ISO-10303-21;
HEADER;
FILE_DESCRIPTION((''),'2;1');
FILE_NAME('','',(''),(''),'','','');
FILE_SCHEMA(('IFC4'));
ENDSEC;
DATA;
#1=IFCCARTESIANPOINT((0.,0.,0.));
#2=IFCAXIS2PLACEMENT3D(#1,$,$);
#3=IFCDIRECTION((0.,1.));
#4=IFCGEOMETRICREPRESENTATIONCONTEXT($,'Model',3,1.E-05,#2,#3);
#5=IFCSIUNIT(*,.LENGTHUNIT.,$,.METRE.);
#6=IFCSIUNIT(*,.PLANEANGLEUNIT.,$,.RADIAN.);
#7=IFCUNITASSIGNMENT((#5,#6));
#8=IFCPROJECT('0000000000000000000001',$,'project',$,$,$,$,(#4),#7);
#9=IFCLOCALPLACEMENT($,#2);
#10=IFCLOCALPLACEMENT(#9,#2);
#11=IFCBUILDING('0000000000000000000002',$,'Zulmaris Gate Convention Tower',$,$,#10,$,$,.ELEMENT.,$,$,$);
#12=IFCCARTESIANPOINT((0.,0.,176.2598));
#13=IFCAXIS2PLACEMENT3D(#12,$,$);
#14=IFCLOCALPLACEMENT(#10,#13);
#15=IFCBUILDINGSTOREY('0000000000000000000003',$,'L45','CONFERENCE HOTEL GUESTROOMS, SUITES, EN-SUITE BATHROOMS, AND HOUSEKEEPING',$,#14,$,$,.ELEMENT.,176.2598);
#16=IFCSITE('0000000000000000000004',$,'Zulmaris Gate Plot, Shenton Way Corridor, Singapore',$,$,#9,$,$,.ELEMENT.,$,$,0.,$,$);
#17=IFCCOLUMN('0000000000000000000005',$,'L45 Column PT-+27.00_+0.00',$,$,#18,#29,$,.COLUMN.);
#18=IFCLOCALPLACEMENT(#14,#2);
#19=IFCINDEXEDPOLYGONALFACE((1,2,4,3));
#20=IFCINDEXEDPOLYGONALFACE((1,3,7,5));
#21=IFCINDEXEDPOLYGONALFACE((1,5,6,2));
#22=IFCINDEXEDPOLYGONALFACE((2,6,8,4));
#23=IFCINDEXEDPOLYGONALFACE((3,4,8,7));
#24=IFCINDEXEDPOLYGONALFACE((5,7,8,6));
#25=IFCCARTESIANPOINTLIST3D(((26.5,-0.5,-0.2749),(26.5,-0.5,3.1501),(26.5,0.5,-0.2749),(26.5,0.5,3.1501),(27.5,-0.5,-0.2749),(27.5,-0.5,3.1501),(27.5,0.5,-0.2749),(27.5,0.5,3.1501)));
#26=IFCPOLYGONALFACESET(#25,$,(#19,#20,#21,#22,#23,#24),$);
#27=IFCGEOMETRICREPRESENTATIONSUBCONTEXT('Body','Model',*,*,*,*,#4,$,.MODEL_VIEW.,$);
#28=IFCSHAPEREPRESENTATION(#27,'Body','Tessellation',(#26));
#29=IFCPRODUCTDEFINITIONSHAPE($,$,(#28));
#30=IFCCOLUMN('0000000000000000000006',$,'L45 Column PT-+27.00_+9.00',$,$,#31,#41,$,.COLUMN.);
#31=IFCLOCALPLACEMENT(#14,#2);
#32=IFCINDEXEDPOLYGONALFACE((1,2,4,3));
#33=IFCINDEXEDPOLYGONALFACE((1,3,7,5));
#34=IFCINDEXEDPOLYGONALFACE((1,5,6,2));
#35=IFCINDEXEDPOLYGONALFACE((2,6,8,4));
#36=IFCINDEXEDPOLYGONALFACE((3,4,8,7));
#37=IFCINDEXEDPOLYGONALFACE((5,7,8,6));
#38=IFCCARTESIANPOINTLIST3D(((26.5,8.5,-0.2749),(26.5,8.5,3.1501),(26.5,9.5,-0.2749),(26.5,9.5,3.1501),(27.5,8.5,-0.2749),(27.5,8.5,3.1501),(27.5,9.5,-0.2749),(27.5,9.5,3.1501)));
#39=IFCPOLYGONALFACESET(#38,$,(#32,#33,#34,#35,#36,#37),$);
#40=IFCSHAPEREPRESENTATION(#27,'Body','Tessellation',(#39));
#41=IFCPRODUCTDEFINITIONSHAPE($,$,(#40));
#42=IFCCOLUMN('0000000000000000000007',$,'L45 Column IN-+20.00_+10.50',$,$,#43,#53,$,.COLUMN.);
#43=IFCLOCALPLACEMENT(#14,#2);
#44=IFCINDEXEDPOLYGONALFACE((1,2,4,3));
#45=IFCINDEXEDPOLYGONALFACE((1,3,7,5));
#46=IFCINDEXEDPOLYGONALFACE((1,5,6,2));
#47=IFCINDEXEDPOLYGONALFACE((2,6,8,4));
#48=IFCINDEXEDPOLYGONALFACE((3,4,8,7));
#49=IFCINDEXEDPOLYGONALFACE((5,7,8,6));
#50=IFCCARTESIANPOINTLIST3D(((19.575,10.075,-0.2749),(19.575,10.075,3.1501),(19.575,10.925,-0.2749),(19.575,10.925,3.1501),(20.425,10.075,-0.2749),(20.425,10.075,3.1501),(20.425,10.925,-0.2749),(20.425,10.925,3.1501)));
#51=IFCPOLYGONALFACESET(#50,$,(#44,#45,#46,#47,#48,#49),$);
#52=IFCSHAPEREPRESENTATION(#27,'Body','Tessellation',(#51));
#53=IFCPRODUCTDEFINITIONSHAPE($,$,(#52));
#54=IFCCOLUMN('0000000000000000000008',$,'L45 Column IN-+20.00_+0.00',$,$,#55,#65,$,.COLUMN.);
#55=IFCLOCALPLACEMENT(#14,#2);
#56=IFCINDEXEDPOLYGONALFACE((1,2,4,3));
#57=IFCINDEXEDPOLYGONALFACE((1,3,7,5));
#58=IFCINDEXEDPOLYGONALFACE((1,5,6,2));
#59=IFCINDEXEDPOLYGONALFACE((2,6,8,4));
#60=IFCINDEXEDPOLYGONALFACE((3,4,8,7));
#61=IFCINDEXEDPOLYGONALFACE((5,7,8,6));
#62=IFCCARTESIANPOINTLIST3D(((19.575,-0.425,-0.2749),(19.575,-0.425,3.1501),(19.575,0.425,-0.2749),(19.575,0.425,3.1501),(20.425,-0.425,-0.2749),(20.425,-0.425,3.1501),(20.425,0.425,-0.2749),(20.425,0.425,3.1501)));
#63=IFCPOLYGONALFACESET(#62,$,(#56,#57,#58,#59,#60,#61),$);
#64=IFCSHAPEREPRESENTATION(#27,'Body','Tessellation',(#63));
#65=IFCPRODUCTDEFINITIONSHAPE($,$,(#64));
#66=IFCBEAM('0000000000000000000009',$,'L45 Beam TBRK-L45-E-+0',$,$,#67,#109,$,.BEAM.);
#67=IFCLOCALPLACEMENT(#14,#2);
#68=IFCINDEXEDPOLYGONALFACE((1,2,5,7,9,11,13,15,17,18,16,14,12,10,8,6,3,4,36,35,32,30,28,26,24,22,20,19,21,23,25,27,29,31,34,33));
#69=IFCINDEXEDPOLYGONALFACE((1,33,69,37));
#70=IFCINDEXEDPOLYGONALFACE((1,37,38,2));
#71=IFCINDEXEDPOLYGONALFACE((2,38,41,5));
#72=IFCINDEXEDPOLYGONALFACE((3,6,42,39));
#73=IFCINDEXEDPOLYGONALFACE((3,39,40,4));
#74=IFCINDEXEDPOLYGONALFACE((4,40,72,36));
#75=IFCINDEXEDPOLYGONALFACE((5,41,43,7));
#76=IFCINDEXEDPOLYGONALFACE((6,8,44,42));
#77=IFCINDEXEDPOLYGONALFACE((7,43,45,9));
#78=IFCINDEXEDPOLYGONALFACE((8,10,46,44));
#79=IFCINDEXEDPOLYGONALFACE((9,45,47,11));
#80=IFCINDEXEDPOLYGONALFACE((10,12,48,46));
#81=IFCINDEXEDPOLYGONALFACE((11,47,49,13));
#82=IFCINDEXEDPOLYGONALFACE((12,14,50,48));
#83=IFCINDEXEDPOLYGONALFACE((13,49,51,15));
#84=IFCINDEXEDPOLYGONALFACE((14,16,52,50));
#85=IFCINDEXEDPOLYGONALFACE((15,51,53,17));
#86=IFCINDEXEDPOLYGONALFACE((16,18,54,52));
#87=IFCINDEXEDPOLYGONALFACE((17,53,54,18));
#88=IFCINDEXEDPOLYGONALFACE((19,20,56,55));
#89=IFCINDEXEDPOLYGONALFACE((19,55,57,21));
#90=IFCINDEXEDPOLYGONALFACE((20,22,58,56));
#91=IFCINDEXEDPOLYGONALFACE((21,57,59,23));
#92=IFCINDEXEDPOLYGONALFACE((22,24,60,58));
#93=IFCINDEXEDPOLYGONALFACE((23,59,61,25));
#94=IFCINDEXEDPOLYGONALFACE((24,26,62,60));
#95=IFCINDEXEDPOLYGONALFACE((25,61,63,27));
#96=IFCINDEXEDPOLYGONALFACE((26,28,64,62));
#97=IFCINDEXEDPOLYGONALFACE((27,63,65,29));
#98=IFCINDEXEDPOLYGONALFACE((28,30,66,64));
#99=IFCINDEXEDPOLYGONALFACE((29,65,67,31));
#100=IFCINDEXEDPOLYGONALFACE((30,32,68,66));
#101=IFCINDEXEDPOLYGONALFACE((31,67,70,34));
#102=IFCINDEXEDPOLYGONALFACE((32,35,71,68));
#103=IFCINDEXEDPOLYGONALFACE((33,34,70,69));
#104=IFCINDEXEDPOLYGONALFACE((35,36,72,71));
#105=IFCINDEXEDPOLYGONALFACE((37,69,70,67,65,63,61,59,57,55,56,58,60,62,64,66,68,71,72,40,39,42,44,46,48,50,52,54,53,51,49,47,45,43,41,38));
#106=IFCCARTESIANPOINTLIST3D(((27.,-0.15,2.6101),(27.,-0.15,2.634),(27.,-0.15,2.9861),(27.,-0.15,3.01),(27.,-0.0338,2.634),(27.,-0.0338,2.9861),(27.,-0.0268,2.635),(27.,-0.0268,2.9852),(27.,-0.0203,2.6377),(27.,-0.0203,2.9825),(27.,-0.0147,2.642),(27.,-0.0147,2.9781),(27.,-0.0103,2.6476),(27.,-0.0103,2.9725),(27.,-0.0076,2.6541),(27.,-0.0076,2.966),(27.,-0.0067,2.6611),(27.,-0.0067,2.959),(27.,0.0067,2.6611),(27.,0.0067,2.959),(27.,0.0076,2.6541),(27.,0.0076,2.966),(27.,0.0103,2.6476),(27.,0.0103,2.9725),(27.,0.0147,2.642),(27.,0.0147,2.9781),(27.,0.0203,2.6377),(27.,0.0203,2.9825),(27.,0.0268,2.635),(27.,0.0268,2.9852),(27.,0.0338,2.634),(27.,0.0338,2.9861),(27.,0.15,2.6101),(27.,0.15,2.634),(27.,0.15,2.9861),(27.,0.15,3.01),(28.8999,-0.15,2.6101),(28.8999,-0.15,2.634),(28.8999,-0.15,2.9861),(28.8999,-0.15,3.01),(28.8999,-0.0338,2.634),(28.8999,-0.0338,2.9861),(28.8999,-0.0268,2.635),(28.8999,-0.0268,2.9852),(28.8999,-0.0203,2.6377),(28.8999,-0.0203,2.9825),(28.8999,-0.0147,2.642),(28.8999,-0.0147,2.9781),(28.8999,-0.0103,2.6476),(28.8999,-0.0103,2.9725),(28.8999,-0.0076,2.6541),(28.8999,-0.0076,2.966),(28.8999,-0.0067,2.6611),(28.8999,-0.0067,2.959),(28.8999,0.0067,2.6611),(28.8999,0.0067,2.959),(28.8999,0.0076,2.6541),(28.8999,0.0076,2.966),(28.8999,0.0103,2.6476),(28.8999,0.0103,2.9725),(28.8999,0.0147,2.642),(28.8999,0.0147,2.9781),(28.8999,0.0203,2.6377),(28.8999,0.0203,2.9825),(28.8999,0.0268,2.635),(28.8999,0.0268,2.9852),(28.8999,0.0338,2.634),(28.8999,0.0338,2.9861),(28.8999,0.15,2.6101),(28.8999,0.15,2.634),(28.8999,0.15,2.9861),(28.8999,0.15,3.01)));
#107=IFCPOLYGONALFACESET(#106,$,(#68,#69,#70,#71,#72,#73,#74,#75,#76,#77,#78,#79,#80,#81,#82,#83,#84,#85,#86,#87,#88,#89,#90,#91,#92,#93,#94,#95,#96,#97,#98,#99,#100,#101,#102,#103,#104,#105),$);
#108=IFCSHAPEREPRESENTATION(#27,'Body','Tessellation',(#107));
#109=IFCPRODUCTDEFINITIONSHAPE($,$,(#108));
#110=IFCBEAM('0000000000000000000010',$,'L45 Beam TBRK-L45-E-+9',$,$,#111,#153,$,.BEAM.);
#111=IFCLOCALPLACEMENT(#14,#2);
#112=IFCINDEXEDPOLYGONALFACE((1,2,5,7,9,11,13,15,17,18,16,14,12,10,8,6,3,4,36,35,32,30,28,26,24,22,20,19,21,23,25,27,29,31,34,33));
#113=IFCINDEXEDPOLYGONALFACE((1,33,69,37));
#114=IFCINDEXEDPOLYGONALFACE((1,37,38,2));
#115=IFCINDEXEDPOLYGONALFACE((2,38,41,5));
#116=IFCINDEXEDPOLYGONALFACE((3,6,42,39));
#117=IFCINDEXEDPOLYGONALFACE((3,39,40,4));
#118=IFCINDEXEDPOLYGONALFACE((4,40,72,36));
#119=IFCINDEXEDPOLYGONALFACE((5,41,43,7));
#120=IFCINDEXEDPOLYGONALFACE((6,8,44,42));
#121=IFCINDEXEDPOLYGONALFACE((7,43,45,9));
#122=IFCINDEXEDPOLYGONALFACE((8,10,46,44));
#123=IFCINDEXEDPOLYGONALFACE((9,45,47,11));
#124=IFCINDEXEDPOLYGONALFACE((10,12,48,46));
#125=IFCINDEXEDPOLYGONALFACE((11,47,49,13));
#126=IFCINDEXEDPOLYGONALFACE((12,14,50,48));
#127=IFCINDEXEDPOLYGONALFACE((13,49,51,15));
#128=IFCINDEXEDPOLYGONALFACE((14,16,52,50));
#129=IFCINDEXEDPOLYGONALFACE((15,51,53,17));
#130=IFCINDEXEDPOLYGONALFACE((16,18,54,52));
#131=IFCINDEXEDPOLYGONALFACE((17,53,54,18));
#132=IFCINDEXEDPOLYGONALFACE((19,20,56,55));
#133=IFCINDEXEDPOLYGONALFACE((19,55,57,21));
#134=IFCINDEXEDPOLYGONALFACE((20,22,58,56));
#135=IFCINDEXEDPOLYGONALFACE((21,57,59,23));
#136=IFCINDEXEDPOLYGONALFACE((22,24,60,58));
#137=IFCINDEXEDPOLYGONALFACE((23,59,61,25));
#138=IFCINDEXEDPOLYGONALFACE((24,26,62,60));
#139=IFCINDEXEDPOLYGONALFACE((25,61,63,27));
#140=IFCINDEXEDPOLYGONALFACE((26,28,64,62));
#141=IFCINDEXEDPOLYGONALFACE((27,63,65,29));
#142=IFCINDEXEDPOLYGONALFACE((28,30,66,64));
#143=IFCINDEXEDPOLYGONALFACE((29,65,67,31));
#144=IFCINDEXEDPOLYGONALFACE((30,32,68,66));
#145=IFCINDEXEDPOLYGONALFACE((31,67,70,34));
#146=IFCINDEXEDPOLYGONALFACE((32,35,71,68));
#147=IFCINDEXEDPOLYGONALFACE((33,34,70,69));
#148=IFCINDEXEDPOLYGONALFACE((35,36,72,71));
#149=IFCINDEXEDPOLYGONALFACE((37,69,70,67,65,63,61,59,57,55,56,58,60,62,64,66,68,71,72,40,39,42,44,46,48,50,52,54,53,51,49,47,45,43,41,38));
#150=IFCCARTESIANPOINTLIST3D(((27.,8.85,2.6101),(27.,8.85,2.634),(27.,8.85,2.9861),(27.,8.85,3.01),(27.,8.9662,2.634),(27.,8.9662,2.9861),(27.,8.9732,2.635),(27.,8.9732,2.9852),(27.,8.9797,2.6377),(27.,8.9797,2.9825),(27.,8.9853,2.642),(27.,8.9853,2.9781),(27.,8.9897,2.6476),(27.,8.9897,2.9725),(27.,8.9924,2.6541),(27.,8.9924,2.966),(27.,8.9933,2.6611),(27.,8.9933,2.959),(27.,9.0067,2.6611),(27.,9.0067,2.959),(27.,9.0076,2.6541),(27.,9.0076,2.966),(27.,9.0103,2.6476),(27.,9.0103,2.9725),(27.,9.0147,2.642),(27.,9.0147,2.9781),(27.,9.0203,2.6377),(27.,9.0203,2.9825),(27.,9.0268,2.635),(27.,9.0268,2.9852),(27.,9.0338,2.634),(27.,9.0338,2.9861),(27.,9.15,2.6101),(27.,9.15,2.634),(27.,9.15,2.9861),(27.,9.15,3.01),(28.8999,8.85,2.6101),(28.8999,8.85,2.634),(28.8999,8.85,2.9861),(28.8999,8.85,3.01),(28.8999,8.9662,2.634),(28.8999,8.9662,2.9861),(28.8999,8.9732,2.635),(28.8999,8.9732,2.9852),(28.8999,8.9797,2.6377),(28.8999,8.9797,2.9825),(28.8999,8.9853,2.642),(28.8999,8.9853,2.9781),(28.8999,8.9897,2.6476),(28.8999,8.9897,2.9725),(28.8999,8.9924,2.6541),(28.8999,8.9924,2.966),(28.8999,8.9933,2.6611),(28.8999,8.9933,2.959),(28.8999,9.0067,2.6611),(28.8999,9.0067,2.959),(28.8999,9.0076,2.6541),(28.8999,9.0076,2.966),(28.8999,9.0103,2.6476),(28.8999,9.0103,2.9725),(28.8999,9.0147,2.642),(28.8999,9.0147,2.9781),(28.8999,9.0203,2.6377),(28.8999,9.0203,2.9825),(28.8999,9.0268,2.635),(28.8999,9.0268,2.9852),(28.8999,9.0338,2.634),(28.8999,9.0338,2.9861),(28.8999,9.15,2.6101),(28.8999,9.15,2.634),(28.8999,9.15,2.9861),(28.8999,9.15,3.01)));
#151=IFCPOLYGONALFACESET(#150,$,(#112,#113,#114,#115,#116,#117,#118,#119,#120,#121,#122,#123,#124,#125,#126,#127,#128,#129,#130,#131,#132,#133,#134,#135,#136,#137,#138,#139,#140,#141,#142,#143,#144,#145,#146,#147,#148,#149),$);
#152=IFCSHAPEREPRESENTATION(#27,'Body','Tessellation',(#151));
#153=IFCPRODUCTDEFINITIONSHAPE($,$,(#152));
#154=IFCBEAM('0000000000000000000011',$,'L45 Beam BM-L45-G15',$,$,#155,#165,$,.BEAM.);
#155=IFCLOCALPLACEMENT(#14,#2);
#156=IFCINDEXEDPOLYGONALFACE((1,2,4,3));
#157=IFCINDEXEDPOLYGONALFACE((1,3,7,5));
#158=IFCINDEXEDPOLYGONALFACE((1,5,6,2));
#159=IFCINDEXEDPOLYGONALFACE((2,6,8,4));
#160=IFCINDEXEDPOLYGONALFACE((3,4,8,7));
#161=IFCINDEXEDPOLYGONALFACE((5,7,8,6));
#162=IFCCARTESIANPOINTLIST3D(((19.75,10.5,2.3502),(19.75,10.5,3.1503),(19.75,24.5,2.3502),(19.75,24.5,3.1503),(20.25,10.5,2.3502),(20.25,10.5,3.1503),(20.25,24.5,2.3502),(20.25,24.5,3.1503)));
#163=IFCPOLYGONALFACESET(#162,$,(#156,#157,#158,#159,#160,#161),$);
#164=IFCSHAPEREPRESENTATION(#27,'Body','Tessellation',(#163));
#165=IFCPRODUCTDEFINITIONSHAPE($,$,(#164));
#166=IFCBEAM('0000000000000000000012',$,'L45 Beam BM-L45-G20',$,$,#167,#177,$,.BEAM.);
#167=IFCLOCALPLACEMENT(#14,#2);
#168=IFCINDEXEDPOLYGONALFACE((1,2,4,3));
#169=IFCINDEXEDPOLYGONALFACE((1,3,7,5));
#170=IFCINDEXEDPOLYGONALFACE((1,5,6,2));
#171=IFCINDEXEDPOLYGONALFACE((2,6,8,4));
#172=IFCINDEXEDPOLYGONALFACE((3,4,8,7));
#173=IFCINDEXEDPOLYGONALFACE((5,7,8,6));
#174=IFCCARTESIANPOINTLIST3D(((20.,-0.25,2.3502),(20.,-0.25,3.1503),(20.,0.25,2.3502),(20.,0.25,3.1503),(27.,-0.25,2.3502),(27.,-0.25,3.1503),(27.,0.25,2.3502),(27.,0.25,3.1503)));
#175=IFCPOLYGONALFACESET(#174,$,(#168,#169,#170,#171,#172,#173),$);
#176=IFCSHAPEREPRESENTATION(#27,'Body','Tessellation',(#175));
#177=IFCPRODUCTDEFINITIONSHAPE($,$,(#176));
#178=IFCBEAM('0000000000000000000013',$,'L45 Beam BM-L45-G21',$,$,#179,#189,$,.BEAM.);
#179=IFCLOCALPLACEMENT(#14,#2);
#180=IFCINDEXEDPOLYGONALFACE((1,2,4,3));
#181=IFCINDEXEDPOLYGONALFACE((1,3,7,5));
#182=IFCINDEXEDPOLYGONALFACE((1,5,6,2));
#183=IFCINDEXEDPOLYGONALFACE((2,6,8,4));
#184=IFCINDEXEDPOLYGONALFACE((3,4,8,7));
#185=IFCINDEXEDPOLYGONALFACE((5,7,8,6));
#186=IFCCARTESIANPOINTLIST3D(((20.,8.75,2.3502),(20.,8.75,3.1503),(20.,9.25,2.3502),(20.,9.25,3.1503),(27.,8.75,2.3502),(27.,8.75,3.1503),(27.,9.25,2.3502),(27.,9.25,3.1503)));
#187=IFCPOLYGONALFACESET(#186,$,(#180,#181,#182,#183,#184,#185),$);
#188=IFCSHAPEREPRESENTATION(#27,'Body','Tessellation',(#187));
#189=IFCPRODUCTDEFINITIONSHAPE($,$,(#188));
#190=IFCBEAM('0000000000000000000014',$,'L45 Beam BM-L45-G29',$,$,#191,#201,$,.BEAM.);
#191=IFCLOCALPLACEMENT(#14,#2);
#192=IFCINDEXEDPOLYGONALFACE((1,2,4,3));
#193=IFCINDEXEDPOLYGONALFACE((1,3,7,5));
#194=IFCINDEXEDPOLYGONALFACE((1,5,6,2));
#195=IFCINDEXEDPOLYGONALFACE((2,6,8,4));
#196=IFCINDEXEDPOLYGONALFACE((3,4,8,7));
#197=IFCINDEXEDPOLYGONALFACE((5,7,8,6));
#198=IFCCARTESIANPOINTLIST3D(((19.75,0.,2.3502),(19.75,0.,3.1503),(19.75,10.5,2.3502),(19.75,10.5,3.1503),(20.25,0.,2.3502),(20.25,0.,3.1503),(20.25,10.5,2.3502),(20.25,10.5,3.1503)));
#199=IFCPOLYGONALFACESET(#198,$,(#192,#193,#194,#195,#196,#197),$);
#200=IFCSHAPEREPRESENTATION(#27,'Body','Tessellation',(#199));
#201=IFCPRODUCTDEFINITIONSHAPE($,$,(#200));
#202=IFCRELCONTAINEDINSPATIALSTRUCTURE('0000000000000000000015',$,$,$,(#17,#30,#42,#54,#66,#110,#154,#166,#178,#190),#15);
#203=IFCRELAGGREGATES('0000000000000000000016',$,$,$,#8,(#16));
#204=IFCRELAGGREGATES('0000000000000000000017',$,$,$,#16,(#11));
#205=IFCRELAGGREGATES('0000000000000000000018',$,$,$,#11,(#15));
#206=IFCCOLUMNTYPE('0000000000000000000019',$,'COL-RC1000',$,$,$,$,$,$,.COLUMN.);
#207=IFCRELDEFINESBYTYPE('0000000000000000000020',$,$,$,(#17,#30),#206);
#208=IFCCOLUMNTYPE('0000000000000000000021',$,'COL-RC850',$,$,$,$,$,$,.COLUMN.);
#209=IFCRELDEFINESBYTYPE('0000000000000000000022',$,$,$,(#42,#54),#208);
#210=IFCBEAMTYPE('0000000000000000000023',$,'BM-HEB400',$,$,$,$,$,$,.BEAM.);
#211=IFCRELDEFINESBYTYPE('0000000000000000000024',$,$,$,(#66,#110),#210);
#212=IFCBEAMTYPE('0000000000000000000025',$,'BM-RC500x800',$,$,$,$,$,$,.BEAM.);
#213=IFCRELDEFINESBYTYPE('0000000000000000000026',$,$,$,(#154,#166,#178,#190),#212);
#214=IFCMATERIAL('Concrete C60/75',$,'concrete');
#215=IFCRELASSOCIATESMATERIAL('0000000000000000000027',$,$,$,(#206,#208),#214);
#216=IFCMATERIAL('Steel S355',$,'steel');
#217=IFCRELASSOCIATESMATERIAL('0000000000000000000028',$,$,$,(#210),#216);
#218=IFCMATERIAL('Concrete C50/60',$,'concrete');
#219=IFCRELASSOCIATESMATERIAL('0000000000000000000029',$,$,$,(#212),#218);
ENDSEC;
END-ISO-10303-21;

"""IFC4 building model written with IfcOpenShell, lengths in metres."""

from ifc_helpers import new_model, si_unit, direction, frame, origin, origin_2d, place, context, subcontext, project, spatial, rectangle, i_section, extrude, material, material_profile, profile_set, type_object, element, save


model = new_model("IFC4")

# Units and contexts
model_context = context("Model", 3, precision=1e-05, world=origin(), true_north=direction((0.0, 1.0)))
body_context = subcontext(model_context, "Body", "Model", "MODEL_VIEW")
ifc_project = project(units=[si_unit("LENGTHUNIT", "METRE"), si_unit("PLANEANGLEUNIT", "RADIAN")], contexts=[model_context])

# Site, building, storey
site_placement = place(None, origin())
site = spatial("IfcSite", under=ifc_project, at=site_placement, Name="Zulmaris Gate Plot, Shenton Way Corridor, Singapore", CompositionType="ELEMENT", RefElevation=0.0)
building_placement = place(site_placement, origin())
building = spatial("IfcBuilding", under=site, at=building_placement, Name="Zulmaris Gate Convention Tower", CompositionType="ELEMENT")
storey_placement = place(building_placement, frame((0.0, 0.0, 176.2598)))
storey = spatial("IfcBuildingStorey", under=building, at=storey_placement, Name="L45", Description="CONFERENCE HOTEL GUESTROOMS, SUITES, EN-SUITE BATHROOMS, AND HOUSEKEEPING", CompositionType="ELEMENT", Elevation=176.2598)

# Columns
ifc_material_1 = material(Name="Concrete C60/75", Category="concrete")
ifc_material_profile_1 = material_profile(ifc_material_1, rectangle(XDim=1.0, YDim=1.0, at=origin_2d()), Name="RC COL 1000x1000")
ifc_profile_set_1 = profile_set([ifc_material_profile_1], Name="Concrete C60/75")
column_type_1 = type_object("IfcColumnType", Name="COL-RC1000", PredefinedType="COLUMN", material=ifc_profile_set_1)
for number, where, z_axis, x_axis, name in (
    (1, (27.0, 0.0, -0.2749), (0.0, 0.0, 1.0), (1.0, 0.0, 0.0), "L45 Column PT-+27.00_+0.00"),
    (2, (27.0, 9.0, -0.2749), (0.0, 0.0, 1.0), (1.0, 0.0, 0.0), "L45 Column PT-+27.00_+9.00"),
):
    element("IfcColumn", number, at=place(storey_placement, frame(where, z_axis=z_axis, x_axis=x_axis)), inside=storey, type_object=column_type_1, Name=name, PredefinedType="COLUMN", context=body_context, shape_type="SweptSolid", body=[
        extrude(rectangle(XDim=1.0, YDim=1.0, at=origin_2d()), origin(), (0.0, 0.0, 1.0), 3.425),
    ])
ifc_material_profile_2 = material_profile(ifc_material_1, rectangle(XDim=0.8501, YDim=0.8501, at=origin_2d()), Name="RC COL 850x850")
ifc_profile_set_2 = profile_set([ifc_material_profile_2], Name="Concrete C60/75")
column_type_2 = type_object("IfcColumnType", Name="COL-RC850", PredefinedType="COLUMN", material=ifc_profile_set_2)
for number, where, z_axis, x_axis, name in (
    (3, (20.0, 10.5, -0.2749), (0.0, 0.0, 1.0), (1.0, 0.0, 0.0), "L45 Column IN-+20.00_+10.50"),
    (4, (20.0, 0.0, -0.2749), (0.0, 0.0, 1.0), (1.0, 0.0, 0.0), "L45 Column IN-+20.00_+0.00"),
):
    element("IfcColumn", number, at=place(storey_placement, frame(where, z_axis=z_axis, x_axis=x_axis)), inside=storey, type_object=column_type_2, Name=name, PredefinedType="COLUMN", context=body_context, shape_type="SweptSolid", body=[
        extrude(rectangle(XDim=0.8501, YDim=0.8501, at=origin_2d()), origin(), (0.0, 0.0, 1.0), 3.425),
    ])

# Beams
ifc_material_2 = material(Name="Steel S355", Category="steel")
ifc_material_profile_3 = material_profile(ifc_material_2, i_section(OverallWidth=0.3, OverallDepth=0.3999, WebThickness=0.0134, FlangeThickness=0.0239, FilletRadius=0.0271, at=origin_2d()), Name="HEB 400")
ifc_profile_set_3 = profile_set([ifc_material_profile_3], Name="Steel S355")
beam_type_1 = type_object("IfcBeamType", Name="BM-HEB400", PredefinedType="BEAM", material=ifc_profile_set_3)
for number, where, z_axis, x_axis, name in (
    (5, (27.0, 0.0, 2.8101), (1.0, 0.0, 0.0), (0.0, 1.0, 0.0), "L45 Beam TBRK-L45-E-+0"),
    (6, (27.0, 9.0, 2.8101), (1.0, 0.0, 0.0), (0.0, 1.0, 0.0), "L45 Beam TBRK-L45-E-+9"),
):
    element("IfcBeam", number, at=place(storey_placement, frame(where, z_axis=z_axis, x_axis=x_axis)), inside=storey, type_object=beam_type_1, Name=name, PredefinedType="BEAM", context=body_context, shape_type="SweptSolid", body=[
        extrude(i_section(OverallWidth=0.3, OverallDepth=0.3999, WebThickness=0.0134, FlangeThickness=0.0239, FilletRadius=0.0271, at=origin_2d()), origin(), (0.0, 0.0, 1.0), 1.8999),
    ])
ifc_material_3 = material(Name="Concrete C50/60", Category="concrete")
ifc_material_profile_4 = material_profile(ifc_material_3, rectangle(XDim=0.5, YDim=0.8, at=origin_2d()), Name="RC BEAM 500x800")
ifc_profile_set_4 = profile_set([ifc_material_profile_4], Name="Concrete C50/60")
beam_type_2 = type_object("IfcBeamType", Name="BM-RC500x800", PredefinedType="BEAM", material=ifc_profile_set_4)
beam_1_placement = place(storey_placement, frame((20.0, 10.5, 2.7502), z_axis=(0.0, 1.0, 0.0), x_axis=(-1.0, 0.0, 0.0)))
element("IfcBeam", 7, at=beam_1_placement, inside=storey, type_object=beam_type_2, Name="L45 Beam BM-L45-G15", PredefinedType="BEAM", context=body_context, shape_type="SweptSolid", body=[
    extrude(rectangle(XDim=0.5, YDim=0.8, at=origin_2d()), origin(), (0.0, 0.0, 1.0), 14.0),
])
for number, where, z_axis, x_axis, name in (
    (8, (20.0, 0.0, 2.7502), (1.0, 0.0, 0.0), (0.0, 1.0, 0.0), "L45 Beam BM-L45-G20"),
    (9, (20.0, 9.0, 2.7502), (1.0, 0.0, 0.0), (0.0, 1.0, 0.0), "L45 Beam BM-L45-G21"),
):
    element("IfcBeam", number, at=place(storey_placement, frame(where, z_axis=z_axis, x_axis=x_axis)), inside=storey, type_object=beam_type_2, Name=name, PredefinedType="BEAM", context=body_context, shape_type="SweptSolid", body=[
        extrude(rectangle(XDim=0.5, YDim=0.8, at=origin_2d()), origin(), (0.0, 0.0, 1.0), 7.0),
    ])
beam_2_placement = place(storey_placement, frame((20.0, 0.0, 2.7502), z_axis=(0.0, 1.0, 0.0), x_axis=(-1.0, 0.0, 0.0)))
element("IfcBeam", 10, at=beam_2_placement, inside=storey, type_object=beam_type_2, Name="L45 Beam BM-L45-G29", PredefinedType="BEAM", context=body_context, shape_type="SweptSolid", body=[
    extrude(rectangle(XDim=0.5, YDim=0.8, at=origin_2d()), origin(), (0.0, 0.0, 1.0), 10.5),
])

save(model, "model.ifc")
